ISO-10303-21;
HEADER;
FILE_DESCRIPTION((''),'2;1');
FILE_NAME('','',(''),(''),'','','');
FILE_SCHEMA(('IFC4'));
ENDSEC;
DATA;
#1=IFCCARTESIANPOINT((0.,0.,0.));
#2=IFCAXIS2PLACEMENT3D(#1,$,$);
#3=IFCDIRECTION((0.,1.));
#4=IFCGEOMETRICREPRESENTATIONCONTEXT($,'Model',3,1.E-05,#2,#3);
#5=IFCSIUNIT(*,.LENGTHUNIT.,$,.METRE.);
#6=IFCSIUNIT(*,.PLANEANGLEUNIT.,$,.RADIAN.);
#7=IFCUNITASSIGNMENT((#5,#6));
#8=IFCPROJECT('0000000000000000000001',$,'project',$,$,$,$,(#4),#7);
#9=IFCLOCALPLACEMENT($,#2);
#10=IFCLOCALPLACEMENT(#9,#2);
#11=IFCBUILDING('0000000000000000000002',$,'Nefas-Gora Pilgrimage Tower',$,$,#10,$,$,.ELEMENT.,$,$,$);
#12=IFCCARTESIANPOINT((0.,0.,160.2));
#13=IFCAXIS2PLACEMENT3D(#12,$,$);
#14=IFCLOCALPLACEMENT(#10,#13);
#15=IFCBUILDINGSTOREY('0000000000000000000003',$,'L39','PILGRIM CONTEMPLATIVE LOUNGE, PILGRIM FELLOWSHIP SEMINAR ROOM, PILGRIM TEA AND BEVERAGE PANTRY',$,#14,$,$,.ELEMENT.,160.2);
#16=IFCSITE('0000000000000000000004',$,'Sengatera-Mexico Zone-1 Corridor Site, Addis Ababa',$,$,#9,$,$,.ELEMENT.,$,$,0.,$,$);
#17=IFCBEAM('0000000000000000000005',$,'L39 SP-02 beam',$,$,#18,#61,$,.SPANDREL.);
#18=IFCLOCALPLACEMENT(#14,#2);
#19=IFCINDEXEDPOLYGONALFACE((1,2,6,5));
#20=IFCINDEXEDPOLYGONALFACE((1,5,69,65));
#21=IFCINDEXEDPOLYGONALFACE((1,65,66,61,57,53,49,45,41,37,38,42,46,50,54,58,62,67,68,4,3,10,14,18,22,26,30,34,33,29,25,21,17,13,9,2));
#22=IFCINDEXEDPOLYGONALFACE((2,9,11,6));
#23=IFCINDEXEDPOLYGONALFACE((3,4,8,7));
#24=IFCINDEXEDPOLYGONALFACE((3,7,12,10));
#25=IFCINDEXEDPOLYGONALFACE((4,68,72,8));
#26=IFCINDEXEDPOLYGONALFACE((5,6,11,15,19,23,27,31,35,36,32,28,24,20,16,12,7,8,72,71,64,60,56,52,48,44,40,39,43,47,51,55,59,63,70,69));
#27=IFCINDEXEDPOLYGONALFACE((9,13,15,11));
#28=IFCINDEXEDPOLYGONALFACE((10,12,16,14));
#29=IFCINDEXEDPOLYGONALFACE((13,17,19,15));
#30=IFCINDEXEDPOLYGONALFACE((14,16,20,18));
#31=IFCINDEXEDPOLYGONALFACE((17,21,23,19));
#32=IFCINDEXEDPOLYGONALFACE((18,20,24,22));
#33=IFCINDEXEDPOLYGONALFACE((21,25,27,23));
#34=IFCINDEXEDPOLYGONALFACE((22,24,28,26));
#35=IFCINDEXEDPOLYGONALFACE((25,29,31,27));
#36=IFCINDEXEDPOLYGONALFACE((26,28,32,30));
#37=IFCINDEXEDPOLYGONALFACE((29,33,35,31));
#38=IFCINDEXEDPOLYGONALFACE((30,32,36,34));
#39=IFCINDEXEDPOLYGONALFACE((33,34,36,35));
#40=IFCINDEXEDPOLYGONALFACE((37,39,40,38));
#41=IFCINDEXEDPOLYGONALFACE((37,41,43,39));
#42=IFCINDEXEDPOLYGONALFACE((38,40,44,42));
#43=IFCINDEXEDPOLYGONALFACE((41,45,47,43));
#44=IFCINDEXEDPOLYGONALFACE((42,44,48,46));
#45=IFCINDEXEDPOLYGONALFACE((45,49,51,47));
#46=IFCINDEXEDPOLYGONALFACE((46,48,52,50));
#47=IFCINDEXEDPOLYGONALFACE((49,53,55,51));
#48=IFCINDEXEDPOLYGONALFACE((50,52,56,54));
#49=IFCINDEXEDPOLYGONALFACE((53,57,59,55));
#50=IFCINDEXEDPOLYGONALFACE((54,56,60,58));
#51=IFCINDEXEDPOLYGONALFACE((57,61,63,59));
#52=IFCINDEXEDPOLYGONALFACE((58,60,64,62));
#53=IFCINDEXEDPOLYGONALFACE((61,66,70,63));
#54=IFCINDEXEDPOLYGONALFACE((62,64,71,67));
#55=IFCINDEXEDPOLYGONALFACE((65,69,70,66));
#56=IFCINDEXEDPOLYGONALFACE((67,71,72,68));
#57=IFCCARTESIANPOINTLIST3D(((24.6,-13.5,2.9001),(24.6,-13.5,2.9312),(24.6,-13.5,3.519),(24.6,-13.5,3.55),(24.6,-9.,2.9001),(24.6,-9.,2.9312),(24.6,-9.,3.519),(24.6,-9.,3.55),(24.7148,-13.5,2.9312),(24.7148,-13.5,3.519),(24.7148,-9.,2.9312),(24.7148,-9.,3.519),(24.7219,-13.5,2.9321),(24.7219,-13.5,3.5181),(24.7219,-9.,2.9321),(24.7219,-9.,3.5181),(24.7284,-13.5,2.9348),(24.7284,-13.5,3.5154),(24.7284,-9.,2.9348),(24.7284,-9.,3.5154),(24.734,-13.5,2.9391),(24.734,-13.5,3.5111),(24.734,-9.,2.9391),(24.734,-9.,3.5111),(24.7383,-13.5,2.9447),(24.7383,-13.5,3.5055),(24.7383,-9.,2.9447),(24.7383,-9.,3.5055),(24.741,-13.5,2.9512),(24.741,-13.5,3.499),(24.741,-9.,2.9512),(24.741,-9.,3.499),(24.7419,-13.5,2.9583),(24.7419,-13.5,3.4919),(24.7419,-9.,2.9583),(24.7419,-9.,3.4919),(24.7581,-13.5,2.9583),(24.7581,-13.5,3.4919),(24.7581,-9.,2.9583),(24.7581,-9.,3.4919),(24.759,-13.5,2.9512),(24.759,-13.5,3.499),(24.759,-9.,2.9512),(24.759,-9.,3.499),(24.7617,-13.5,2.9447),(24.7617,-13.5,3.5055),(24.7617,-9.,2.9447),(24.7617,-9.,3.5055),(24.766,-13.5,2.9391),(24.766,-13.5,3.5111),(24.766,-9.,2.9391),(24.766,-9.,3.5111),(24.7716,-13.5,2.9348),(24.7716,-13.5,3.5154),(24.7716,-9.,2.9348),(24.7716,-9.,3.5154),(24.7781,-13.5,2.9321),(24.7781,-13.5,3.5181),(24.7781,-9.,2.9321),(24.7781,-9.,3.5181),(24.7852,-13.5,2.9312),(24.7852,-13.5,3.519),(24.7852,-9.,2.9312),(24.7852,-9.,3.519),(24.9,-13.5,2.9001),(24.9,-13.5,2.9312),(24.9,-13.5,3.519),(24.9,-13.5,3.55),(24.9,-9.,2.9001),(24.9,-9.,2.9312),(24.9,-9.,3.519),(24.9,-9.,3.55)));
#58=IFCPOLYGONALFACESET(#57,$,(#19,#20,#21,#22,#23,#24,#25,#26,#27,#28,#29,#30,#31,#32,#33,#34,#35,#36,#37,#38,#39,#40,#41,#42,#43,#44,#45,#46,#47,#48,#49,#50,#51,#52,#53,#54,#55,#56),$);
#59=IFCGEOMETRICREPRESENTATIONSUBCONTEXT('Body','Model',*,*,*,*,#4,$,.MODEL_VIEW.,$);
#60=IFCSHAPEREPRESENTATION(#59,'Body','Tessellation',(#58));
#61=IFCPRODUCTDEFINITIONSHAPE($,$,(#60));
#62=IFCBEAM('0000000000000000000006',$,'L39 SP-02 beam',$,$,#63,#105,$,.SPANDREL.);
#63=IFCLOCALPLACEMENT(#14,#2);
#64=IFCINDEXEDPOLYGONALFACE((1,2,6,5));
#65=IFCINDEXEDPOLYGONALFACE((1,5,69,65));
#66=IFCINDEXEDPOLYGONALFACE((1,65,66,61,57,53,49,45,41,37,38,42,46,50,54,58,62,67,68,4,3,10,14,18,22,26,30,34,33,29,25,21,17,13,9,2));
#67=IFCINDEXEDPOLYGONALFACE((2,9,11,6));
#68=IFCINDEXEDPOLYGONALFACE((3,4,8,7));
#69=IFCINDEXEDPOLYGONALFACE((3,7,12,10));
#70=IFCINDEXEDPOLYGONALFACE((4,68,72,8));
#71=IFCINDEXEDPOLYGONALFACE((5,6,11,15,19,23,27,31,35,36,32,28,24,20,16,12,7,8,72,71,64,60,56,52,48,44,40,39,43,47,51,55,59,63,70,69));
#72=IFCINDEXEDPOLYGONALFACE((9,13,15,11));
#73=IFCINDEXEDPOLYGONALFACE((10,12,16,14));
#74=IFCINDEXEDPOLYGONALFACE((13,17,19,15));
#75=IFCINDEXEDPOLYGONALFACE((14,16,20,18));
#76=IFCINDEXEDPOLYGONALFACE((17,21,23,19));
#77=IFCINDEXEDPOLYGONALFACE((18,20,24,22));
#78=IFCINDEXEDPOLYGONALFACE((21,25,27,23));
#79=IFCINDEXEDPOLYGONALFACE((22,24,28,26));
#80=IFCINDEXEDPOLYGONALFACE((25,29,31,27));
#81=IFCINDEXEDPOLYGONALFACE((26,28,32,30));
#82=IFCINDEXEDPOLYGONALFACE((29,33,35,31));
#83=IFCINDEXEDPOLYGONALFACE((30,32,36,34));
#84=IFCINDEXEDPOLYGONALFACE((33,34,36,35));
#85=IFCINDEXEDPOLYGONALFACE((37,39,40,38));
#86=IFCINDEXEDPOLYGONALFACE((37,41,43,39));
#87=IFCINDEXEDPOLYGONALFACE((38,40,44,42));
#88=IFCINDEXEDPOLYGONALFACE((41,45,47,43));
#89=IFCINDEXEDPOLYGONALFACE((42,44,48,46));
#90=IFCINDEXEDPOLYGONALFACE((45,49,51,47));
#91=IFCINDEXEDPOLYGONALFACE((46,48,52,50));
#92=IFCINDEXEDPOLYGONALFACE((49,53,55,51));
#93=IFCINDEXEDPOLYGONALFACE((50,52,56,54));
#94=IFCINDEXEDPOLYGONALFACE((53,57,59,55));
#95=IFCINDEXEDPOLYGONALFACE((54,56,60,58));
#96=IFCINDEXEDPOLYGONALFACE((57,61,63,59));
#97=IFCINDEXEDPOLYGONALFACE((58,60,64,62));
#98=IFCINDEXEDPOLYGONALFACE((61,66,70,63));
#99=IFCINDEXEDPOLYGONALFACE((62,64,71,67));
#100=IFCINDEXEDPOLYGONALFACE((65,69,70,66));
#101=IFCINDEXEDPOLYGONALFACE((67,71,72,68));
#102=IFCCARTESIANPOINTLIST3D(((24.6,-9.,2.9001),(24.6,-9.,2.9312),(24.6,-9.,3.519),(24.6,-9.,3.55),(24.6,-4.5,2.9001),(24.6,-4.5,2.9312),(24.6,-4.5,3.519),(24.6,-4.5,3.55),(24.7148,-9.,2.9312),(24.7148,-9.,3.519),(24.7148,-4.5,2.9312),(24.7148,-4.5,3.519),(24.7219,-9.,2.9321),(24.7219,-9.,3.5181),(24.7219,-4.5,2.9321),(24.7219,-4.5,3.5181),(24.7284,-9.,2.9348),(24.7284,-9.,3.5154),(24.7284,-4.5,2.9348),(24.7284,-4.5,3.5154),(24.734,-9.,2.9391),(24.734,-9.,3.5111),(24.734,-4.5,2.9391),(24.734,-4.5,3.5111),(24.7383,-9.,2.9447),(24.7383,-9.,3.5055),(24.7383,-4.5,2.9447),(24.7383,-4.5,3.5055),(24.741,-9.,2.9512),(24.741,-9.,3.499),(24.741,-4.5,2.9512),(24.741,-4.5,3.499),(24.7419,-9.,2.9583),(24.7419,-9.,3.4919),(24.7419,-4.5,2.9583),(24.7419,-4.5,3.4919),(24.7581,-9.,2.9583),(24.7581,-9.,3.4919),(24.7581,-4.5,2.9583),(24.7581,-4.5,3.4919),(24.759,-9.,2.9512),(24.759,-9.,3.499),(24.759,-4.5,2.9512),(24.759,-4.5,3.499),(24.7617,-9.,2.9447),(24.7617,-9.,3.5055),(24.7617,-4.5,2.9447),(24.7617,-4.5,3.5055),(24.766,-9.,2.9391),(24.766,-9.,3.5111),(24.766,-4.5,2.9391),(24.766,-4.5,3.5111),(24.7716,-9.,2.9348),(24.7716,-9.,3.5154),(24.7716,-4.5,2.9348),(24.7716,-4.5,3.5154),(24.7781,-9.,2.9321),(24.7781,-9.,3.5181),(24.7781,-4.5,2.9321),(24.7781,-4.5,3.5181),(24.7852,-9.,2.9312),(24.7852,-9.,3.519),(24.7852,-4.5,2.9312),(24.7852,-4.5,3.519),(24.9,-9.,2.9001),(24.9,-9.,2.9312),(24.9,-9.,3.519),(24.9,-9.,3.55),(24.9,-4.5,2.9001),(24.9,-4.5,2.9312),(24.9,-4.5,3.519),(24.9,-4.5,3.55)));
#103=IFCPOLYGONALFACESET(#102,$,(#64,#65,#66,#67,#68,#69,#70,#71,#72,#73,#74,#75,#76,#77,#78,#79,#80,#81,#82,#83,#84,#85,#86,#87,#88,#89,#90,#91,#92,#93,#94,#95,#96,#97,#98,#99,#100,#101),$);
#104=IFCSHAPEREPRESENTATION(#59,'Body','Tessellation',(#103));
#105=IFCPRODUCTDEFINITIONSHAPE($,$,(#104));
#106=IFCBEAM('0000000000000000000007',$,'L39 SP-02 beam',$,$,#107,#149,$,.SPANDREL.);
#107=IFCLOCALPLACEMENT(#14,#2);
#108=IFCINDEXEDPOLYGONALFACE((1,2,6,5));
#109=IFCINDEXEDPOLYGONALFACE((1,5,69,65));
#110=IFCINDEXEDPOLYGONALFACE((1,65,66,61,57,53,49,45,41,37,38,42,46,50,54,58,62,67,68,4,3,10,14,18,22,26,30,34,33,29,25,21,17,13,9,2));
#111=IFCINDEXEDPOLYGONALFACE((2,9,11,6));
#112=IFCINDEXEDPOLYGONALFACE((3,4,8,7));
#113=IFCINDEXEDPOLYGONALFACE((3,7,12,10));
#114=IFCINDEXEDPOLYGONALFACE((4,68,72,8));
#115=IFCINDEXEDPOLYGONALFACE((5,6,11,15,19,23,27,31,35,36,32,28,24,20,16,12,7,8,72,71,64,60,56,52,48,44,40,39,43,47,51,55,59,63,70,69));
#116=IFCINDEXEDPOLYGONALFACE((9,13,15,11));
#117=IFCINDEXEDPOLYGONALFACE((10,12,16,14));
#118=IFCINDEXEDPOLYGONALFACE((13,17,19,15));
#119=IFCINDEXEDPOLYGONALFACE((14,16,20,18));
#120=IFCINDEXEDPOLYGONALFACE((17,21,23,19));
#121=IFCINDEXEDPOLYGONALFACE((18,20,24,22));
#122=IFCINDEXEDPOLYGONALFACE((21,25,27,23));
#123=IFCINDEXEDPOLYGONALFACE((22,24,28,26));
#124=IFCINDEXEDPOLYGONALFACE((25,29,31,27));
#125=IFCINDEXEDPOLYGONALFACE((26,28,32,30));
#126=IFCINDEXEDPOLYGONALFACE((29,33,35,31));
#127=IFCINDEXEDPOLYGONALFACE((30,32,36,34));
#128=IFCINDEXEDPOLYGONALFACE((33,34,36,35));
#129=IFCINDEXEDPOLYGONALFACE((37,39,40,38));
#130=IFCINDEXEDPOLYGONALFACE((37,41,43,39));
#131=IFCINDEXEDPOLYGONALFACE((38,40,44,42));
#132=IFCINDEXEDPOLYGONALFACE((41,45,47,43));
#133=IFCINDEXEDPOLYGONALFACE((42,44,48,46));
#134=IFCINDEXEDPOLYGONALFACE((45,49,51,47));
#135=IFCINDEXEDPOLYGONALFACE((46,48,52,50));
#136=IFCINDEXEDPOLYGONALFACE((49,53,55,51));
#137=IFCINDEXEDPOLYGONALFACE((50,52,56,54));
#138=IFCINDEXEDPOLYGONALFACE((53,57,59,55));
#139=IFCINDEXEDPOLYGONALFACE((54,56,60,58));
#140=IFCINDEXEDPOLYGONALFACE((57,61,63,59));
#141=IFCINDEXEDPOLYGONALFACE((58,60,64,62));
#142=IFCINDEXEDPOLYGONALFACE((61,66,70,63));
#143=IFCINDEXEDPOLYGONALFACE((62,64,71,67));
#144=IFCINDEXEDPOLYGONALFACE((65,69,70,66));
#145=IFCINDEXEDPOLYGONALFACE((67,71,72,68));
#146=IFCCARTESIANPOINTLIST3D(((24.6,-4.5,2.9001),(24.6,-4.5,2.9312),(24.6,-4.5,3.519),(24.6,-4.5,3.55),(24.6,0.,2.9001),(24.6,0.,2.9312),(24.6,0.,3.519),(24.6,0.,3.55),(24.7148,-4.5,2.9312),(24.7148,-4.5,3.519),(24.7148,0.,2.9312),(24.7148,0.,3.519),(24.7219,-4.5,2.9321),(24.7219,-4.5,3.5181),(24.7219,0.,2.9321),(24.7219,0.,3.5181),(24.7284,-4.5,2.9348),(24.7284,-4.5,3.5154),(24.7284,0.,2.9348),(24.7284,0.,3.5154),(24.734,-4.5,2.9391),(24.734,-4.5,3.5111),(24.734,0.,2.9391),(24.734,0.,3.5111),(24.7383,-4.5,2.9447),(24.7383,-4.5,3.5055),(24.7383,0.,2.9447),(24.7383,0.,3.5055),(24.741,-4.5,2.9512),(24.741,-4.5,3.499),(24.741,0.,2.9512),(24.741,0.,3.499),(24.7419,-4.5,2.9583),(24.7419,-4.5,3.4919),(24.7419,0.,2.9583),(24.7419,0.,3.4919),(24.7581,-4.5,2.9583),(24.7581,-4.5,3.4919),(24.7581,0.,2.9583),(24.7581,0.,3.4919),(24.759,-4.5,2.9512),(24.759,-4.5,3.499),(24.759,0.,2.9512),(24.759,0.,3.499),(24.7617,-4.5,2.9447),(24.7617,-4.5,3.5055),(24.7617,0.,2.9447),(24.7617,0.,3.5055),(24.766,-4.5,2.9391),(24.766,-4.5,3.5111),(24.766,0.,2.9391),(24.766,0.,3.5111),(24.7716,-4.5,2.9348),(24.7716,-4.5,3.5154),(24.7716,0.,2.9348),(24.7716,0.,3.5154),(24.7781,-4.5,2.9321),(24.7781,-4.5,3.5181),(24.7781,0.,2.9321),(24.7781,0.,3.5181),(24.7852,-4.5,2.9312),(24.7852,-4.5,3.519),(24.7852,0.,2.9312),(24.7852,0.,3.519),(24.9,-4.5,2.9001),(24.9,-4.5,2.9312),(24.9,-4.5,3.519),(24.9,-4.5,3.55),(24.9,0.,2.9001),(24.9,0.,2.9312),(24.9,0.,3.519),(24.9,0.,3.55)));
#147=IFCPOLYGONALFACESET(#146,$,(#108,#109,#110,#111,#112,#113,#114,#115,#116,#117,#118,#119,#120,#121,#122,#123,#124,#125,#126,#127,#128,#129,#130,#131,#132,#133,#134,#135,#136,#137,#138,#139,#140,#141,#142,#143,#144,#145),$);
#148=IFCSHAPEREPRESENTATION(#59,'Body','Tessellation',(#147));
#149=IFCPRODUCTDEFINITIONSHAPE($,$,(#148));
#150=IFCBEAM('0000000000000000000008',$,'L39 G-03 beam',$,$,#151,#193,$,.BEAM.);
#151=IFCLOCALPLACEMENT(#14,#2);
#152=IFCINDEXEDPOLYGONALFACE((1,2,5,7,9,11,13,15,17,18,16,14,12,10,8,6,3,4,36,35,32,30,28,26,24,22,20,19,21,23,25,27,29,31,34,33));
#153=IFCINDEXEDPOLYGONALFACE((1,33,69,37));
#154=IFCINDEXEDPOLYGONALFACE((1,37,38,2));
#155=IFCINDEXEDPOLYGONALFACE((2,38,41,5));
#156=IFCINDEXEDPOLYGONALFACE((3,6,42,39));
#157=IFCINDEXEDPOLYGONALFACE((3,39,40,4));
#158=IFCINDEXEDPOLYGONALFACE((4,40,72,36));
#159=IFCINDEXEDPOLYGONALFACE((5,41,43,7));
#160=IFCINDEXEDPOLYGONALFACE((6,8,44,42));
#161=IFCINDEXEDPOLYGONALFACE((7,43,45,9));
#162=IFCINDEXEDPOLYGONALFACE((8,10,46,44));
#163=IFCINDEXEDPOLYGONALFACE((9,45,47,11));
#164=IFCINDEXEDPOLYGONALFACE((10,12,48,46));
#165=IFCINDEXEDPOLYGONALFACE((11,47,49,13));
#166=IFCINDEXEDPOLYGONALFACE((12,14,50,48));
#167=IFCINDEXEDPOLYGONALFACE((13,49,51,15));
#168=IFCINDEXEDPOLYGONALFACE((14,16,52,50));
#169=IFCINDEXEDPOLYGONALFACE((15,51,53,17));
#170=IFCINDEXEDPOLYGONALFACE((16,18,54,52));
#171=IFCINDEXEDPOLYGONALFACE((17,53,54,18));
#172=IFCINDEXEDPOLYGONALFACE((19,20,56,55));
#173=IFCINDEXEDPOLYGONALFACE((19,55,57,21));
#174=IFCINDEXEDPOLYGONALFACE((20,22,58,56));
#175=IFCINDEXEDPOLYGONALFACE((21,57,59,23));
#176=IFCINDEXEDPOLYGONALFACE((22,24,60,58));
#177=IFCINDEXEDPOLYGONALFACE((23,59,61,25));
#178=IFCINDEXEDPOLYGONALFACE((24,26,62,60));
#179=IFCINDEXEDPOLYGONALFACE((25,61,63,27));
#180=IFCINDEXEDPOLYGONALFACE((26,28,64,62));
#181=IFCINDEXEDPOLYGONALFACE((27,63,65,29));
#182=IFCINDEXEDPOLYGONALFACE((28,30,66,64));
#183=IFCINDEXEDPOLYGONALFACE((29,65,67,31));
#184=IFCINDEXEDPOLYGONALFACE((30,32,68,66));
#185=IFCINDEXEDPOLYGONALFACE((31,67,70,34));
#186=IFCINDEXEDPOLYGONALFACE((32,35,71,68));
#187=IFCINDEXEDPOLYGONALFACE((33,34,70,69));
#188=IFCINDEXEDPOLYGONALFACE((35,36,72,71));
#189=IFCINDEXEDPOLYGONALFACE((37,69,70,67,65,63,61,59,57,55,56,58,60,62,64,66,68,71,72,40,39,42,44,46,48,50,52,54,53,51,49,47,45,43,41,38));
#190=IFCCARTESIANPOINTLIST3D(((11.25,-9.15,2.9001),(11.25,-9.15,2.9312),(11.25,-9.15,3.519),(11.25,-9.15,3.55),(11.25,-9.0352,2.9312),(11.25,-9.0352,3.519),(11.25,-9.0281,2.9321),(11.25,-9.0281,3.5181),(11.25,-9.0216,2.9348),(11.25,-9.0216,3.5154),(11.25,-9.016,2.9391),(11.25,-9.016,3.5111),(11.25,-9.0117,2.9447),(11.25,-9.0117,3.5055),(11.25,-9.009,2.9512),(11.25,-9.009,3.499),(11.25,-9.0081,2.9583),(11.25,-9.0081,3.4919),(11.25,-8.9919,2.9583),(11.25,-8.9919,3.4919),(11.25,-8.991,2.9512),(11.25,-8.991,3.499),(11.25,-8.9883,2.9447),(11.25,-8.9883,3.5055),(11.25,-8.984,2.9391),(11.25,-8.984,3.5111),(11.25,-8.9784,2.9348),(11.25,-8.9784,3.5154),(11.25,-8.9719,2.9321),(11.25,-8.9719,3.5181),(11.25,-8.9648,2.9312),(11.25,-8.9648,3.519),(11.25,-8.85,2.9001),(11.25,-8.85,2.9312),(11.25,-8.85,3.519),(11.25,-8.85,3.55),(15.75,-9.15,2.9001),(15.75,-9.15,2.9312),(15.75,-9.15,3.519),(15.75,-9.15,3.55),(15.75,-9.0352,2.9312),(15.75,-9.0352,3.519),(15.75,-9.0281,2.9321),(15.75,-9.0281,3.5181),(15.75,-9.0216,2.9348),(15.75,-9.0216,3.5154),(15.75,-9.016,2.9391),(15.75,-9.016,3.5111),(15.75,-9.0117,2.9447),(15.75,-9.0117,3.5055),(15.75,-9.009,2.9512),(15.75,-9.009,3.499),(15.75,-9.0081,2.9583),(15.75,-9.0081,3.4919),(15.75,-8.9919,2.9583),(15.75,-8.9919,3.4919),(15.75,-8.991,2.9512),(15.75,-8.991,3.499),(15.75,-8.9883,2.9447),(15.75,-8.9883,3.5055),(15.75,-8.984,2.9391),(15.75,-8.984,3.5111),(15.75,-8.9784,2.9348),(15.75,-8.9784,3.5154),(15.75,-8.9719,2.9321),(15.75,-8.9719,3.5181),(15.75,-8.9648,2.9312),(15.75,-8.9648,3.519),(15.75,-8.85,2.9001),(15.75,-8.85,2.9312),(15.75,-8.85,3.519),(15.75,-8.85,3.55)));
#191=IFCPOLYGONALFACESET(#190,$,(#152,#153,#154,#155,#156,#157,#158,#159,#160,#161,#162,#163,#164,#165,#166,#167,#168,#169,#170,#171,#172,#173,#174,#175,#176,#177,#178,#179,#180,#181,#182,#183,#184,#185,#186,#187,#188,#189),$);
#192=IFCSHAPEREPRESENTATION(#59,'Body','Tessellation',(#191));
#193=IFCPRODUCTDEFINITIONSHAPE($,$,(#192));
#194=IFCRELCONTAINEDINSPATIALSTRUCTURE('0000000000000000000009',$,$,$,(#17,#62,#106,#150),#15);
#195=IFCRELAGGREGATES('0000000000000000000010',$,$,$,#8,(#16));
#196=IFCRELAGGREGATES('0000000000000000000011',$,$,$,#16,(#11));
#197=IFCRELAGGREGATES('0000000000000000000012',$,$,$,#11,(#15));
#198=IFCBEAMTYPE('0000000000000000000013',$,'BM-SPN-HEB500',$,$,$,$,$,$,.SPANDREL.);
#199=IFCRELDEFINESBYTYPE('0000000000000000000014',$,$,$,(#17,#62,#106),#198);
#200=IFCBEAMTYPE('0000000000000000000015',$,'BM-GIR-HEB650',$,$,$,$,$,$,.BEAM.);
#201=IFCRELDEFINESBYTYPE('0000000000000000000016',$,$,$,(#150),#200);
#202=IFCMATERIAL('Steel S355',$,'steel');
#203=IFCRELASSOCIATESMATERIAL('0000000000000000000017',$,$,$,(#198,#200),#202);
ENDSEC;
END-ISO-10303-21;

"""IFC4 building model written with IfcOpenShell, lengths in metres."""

from ifc_helpers import new_model, si_unit, direction, frame, origin, origin_2d, place, context, subcontext, project, spatial, i_section, extrude, source, transform, mapped, material, material_profile, profile_set, type_object, element, save


model = new_model("IFC4")

# Units and contexts
model_context = context("Model", 3, precision=1e-05, world=origin(), true_north=direction((0.0, 1.0)))
body_context = subcontext(model_context, "Body", "Model", "MODEL_VIEW")
ifc_project = project(units=[si_unit("LENGTHUNIT", "METRE"), si_unit("PLANEANGLEUNIT", "RADIAN")], contexts=[model_context])

# Site, building, storey
site_placement = place(None, origin())
site = spatial("IfcSite", under=ifc_project, at=site_placement, Name="Sengatera-Mexico Zone-1 Corridor Site, Addis Ababa", CompositionType="ELEMENT", RefElevation=0.0)
building_placement = place(site_placement, origin())
building = spatial("IfcBuilding", under=site, at=building_placement, Name="Nefas-Gora Pilgrimage Tower", CompositionType="ELEMENT")
storey_placement = place(building_placement, frame((0.0, 0.0, 160.2)))
storey = spatial("IfcBuildingStorey", under=building, at=storey_placement, Name="L39", Description="PILGRIM CONTEMPLATIVE LOUNGE, PILGRIM FELLOWSHIP SEMINAR ROOM, PILGRIM TEA AND BEVERAGE PANTRY", CompositionType="ELEMENT", Elevation=160.2)

# Beams
ifc_material_1 = material(Name="Steel S355", Category="steel")
ifc_material_profile_1 = material_profile(ifc_material_1, i_section(OverallWidth=0.3, OverallDepth=0.6499, WebThickness=0.0161, FlangeThickness=0.031, FilletRadius=0.0271, at=origin_2d()), Name="HEB 650")
ifc_profile_set_1 = profile_set([ifc_material_profile_1], Name="Steel S355")
beam_type_1 = type_object("IfcBeamType", Name="BM-SPN-HEB500", PredefinedType="SPANDREL", material=ifc_profile_set_1)
shared_shape_1 = source(origin(), body_context, "Body", "SweptSolid", [
    extrude(i_section(OverallWidth=0.3, OverallDepth=0.6499, WebThickness=0.0161, FlangeThickness=0.031, FilletRadius=0.0271, at=origin_2d()), origin(), (0.0, 0.0, 1.0), 4.5),
])
for number, where, z_axis, x_axis, name in (
    (1, (24.75, -13.5, 3.2251), (0.0, 1.0, 0.0), (-1.0, 0.0, 0.0), "L39 SP-02 beam"),
    (2, (24.75, -9.0, 3.2251), (0.0, 1.0, 0.0), (-1.0, 0.0, 0.0), "L39 SP-02 beam"),
    (3, (24.75, -4.5, 3.2251), (0.0, 1.0, 0.0), (-1.0, 0.0, 0.0), "L39 SP-02 beam"),
):
    element("IfcBeam", number, at=place(storey_placement, frame(where, z_axis=z_axis, x_axis=x_axis)), inside=storey, type_object=beam_type_1, Name=name, PredefinedType="SPANDREL", context=body_context, shape_type="MappedRepresentation", body=[
        mapped(shared_shape_1, transform((0.0, 0.0, 0.0), x_axis=(1.0, 0.0, 0.0), y_axis=(0.0, 1.0, 0.0), z_axis=(0.0, 0.0, 1.0), scale=1.0)),
    ])
ifc_material_profile_2 = material_profile(ifc_material_1, i_section(OverallWidth=0.3, OverallDepth=0.6499, WebThickness=0.0161, FlangeThickness=0.031, FilletRadius=0.0271, at=origin_2d()), Name="HEB 650")
ifc_profile_set_2 = profile_set([ifc_material_profile_2], Name="Steel S355")
beam_type_2 = type_object("IfcBeamType", Name="BM-GIR-HEB650", PredefinedType="BEAM", material=ifc_profile_set_2)
shared_shape_2 = source(origin(), body_context, "Body", "SweptSolid", [
    extrude(i_section(OverallWidth=0.3, OverallDepth=0.6499, WebThickness=0.0161, FlangeThickness=0.031, FilletRadius=0.0271, at=origin_2d()), origin(), (0.0, 0.0, 1.0), 4.5),
])
for number, where, z_axis, x_axis, name in (
    (4, (11.25, -9.0, 3.2251), (1.0, 0.0, 0.0), (0.0, 1.0, 0.0), "L39 G-03 beam"),
):
    element("IfcBeam", number, at=place(storey_placement, frame(where, z_axis=z_axis, x_axis=x_axis)), inside=storey, type_object=beam_type_2, Name=name, PredefinedType="BEAM", context=body_context, shape_type="MappedRepresentation", body=[
        mapped(shared_shape_2, transform((0.0, 0.0, 0.0), x_axis=(1.0, 0.0, 0.0), y_axis=(0.0, 1.0, 0.0), z_axis=(0.0, 0.0, 1.0), scale=1.0)),
    ])

save(model, "model.ifc")
